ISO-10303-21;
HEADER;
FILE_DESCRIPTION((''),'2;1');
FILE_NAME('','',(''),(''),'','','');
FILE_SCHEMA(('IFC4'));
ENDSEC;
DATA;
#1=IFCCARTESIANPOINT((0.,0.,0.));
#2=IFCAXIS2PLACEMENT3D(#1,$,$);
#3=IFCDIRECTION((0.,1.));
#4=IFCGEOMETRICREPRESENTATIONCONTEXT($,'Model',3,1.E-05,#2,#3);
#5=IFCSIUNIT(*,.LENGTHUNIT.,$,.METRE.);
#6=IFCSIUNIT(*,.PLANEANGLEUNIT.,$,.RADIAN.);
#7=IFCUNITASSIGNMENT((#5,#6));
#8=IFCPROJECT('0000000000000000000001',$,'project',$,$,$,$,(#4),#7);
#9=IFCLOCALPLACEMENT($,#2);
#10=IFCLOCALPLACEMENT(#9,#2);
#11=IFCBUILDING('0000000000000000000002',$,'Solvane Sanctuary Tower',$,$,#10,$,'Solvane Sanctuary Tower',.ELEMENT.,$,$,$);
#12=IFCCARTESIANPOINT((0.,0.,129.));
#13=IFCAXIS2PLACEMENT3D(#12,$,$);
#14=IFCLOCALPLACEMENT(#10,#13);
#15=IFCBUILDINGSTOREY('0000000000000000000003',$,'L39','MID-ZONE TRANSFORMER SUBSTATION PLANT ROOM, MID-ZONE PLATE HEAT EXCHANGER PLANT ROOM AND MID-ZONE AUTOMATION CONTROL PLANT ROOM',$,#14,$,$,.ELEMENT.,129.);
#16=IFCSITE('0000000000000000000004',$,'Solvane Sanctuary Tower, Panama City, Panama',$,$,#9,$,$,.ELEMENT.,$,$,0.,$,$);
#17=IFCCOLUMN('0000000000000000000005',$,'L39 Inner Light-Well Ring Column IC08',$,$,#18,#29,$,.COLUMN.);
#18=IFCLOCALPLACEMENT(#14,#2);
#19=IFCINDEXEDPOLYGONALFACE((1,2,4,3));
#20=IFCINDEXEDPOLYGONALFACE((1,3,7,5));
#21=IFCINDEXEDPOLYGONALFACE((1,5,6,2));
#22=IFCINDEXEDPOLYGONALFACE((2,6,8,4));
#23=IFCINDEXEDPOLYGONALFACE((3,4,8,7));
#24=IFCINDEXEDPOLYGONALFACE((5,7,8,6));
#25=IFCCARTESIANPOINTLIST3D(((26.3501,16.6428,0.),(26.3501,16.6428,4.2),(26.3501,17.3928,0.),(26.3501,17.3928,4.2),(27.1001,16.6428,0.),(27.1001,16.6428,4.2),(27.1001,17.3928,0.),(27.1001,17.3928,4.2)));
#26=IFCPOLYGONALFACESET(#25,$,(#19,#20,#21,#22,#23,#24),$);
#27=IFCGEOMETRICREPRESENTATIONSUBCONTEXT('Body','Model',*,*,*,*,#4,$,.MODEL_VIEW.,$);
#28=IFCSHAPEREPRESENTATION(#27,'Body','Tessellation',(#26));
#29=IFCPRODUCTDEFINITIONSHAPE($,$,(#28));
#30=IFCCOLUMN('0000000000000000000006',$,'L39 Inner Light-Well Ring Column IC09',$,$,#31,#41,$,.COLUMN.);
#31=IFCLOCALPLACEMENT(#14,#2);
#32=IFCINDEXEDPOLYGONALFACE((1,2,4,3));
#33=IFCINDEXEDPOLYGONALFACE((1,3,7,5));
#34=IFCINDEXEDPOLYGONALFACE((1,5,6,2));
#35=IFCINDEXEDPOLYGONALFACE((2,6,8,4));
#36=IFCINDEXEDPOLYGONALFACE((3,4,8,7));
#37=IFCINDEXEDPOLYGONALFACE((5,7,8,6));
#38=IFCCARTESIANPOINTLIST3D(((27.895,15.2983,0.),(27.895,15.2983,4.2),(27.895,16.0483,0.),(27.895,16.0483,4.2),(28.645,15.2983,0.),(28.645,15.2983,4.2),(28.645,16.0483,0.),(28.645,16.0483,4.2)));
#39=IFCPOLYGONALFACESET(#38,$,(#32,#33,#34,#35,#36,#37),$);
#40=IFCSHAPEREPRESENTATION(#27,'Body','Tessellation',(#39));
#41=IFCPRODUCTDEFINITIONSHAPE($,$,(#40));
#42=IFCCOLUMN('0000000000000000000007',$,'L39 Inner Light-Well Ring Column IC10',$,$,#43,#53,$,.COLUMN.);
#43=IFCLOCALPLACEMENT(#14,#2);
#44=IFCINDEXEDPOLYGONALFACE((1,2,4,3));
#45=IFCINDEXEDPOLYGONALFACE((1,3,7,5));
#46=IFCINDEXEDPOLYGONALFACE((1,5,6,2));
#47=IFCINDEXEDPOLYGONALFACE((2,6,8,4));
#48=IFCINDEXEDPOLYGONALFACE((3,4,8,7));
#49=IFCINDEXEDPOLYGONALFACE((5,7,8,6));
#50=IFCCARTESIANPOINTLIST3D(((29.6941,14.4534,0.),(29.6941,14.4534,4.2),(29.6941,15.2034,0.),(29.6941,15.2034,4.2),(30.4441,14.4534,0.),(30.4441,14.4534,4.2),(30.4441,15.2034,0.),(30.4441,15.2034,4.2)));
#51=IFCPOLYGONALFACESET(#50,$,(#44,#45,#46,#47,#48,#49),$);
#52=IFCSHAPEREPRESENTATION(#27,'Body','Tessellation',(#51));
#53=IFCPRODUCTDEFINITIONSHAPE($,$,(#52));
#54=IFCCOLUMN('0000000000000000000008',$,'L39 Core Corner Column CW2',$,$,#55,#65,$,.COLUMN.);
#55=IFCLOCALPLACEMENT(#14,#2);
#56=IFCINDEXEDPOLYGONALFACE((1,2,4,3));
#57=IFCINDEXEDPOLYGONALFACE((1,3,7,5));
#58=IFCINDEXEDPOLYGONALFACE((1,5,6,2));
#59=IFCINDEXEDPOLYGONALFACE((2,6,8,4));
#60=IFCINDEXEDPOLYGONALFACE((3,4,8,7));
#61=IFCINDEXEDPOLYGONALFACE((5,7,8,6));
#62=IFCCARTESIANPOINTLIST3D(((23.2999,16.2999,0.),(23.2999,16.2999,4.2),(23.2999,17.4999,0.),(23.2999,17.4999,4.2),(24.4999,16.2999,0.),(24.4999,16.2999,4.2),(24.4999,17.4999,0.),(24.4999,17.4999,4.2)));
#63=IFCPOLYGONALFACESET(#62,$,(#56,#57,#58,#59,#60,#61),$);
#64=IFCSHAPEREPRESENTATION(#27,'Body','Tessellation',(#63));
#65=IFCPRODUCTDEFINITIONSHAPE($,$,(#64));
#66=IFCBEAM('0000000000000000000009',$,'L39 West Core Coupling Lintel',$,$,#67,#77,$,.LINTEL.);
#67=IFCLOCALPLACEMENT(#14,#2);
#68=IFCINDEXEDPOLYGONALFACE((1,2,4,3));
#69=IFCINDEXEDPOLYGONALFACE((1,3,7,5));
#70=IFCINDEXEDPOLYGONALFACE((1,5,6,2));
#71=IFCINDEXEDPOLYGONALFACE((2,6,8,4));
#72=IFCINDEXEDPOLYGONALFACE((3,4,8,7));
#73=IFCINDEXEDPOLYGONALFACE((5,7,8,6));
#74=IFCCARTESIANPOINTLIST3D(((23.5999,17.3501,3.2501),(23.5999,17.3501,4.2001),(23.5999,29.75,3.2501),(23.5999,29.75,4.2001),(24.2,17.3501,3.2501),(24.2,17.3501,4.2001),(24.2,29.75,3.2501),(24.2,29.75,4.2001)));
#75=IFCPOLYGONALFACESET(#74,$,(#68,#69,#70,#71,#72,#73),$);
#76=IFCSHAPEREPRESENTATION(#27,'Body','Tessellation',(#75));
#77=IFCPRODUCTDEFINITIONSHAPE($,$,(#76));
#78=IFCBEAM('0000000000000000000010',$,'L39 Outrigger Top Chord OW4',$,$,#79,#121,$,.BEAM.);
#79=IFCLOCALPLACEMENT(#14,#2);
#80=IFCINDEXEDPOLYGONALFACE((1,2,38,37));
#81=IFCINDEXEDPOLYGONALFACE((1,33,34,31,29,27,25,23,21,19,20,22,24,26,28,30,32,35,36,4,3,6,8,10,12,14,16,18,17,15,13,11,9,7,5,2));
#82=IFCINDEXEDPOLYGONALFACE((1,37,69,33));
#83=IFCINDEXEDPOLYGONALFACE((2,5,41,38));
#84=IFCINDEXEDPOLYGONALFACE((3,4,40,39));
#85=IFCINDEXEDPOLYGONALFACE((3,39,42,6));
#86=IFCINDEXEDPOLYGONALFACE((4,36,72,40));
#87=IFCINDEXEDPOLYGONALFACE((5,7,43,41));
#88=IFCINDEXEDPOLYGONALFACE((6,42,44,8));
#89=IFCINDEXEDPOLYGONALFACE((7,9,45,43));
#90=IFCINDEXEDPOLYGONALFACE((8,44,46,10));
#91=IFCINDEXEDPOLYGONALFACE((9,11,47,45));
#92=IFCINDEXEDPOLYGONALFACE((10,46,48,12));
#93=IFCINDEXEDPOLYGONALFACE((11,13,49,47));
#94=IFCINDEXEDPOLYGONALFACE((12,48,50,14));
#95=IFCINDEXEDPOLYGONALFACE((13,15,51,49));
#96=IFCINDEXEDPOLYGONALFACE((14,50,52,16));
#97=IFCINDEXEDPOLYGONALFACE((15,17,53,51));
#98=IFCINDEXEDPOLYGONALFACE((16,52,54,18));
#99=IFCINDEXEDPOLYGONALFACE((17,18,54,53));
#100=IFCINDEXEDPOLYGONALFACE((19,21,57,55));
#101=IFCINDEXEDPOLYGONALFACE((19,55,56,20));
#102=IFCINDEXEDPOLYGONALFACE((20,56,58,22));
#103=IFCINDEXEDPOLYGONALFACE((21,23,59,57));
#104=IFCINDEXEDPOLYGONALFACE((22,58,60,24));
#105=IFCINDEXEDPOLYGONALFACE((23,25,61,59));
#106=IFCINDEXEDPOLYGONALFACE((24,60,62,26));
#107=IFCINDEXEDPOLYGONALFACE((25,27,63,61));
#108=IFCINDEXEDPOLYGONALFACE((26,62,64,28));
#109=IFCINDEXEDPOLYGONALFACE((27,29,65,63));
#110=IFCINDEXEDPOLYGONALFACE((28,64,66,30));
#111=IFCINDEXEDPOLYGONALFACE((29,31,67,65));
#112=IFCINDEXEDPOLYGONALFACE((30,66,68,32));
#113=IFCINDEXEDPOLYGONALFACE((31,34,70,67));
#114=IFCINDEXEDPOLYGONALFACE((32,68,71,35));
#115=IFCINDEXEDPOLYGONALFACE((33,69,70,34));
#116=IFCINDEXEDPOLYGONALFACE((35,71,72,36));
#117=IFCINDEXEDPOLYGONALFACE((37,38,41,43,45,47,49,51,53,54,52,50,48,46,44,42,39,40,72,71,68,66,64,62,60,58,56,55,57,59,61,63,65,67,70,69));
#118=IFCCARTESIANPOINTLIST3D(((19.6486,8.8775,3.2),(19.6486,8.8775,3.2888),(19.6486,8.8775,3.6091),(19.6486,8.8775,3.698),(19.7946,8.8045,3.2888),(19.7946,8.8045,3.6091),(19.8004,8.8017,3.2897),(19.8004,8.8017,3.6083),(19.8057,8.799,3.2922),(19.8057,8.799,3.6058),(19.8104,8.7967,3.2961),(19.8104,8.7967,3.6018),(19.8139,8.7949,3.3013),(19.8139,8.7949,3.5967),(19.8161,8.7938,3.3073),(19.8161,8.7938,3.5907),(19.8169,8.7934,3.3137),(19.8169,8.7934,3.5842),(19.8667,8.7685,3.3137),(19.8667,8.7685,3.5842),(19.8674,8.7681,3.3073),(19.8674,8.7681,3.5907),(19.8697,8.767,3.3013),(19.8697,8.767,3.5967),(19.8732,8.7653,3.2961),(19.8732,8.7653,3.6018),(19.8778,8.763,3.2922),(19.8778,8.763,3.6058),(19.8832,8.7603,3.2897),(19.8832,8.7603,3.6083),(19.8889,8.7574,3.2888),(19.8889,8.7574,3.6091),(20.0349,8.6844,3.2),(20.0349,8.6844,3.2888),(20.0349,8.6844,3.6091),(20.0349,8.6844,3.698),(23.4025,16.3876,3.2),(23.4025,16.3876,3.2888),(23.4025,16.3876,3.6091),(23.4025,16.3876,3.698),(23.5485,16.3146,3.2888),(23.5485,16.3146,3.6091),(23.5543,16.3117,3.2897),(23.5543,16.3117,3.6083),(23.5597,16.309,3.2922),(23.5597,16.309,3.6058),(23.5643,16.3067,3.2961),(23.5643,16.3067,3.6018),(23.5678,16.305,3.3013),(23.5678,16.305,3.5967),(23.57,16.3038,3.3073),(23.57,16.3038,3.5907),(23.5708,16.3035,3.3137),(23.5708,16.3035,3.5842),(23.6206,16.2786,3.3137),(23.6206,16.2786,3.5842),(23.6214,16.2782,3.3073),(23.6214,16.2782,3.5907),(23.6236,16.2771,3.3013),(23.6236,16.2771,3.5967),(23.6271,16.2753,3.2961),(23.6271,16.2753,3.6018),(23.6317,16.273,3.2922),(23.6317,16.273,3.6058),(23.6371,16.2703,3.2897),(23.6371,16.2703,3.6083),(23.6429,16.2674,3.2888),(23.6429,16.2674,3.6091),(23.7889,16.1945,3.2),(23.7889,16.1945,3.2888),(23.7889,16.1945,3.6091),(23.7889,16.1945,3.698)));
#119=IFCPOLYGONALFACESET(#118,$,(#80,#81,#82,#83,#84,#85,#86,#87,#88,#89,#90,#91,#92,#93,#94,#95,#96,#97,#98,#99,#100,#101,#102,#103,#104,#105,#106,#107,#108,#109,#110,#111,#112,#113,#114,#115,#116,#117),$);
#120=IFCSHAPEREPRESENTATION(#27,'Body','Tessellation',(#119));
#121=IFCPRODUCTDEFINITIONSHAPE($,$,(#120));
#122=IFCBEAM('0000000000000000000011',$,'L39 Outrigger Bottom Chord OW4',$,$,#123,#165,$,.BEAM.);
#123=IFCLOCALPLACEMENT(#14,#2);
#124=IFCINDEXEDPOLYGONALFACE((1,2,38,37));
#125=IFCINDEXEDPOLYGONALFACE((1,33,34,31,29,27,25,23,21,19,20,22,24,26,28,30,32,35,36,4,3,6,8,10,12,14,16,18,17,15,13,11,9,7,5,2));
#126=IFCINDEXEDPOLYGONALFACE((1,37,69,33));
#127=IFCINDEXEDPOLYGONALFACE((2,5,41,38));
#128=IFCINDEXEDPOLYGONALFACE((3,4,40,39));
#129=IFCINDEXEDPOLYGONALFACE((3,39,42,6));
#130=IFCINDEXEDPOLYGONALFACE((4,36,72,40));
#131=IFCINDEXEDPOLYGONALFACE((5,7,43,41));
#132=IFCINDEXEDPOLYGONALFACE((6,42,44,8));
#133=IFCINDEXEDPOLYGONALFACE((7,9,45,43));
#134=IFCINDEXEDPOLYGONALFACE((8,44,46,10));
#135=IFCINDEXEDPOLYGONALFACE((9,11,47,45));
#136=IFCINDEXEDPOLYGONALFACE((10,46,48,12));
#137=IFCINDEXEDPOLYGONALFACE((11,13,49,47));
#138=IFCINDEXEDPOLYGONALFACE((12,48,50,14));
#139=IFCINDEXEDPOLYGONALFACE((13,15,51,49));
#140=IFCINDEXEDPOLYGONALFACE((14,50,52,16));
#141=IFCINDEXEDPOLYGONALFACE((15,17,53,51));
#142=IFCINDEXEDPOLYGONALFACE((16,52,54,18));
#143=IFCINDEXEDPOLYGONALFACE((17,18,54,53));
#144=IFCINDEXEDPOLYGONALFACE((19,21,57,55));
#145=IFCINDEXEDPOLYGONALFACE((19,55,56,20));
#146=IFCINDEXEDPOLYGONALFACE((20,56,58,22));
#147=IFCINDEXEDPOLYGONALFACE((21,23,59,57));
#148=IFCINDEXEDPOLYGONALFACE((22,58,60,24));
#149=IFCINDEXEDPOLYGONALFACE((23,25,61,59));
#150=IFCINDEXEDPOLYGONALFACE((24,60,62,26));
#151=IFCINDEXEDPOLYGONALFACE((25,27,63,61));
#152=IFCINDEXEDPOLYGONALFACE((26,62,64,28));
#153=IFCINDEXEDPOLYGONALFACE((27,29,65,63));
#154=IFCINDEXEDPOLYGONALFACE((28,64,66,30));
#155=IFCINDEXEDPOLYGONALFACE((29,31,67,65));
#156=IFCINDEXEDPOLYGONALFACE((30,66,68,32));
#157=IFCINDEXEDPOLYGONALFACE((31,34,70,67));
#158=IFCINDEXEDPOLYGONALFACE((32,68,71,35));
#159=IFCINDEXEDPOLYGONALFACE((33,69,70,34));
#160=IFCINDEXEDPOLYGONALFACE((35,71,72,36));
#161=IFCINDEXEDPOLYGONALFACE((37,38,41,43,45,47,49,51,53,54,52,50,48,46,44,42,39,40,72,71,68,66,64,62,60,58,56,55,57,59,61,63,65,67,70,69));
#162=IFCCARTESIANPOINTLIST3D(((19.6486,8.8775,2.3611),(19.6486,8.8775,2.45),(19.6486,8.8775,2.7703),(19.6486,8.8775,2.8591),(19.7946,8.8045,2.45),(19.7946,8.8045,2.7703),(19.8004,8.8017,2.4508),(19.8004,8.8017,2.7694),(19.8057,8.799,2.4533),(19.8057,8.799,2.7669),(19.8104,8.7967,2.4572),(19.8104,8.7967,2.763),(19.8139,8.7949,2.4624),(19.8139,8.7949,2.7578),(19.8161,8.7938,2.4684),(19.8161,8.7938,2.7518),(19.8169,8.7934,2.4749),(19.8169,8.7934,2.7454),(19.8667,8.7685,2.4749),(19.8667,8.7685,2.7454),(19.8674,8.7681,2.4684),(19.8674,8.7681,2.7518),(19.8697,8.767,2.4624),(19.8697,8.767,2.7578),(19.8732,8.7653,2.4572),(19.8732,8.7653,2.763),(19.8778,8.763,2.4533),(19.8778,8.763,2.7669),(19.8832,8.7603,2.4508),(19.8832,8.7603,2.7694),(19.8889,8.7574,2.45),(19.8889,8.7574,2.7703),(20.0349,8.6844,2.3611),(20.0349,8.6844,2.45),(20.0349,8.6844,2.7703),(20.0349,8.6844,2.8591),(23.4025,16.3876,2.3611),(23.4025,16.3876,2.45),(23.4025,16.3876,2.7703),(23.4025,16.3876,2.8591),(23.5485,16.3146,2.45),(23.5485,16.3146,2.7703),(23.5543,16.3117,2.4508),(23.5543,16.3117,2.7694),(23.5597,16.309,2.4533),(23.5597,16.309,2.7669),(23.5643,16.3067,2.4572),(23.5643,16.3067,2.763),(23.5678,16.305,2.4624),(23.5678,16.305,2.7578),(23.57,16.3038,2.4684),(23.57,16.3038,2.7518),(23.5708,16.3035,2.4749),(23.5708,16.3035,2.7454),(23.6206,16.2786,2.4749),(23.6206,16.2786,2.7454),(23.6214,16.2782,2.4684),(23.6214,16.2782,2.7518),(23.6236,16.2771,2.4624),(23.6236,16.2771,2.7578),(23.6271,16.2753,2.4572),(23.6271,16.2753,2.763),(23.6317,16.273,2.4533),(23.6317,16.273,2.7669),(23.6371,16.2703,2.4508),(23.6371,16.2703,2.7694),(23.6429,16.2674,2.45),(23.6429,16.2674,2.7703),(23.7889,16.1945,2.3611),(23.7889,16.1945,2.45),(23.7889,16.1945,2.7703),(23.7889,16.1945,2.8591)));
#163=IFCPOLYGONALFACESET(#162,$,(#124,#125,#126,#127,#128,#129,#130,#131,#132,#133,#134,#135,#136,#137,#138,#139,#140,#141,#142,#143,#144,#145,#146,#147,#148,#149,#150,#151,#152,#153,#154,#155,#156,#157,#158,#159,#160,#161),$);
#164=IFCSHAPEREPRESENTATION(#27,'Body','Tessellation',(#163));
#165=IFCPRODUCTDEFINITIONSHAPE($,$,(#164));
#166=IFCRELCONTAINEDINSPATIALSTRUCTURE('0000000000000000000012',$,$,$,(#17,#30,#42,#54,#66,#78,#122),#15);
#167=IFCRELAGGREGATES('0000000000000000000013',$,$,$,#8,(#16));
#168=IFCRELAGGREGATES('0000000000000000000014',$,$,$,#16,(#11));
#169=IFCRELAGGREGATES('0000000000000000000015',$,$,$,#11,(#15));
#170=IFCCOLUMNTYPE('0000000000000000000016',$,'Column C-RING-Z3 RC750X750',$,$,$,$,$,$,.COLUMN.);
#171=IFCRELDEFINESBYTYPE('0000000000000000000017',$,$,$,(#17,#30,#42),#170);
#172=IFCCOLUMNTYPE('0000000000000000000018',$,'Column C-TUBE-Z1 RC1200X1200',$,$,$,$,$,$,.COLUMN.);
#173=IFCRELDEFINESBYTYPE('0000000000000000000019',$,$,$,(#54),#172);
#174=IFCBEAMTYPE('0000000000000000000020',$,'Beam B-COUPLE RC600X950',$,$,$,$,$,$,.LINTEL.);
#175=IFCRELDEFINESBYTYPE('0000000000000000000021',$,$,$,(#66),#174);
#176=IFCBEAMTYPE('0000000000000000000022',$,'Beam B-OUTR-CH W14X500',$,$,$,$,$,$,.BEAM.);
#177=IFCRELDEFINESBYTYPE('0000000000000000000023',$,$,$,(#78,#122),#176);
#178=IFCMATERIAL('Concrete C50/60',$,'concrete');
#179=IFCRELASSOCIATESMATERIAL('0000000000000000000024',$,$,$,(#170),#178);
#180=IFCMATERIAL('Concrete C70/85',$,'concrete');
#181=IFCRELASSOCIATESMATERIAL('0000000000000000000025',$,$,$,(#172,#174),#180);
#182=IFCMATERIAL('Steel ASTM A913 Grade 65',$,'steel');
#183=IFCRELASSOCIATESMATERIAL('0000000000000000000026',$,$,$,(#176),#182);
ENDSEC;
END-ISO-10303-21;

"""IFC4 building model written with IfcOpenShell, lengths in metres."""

from ifc_helpers import new_model, si_unit, direction, frame, origin, origin_2d, place, context, subcontext, project, spatial, rectangle, i_section, extrude, material, material_profile, profile_set, type_object, element, save


model = new_model("IFC4")

# Units and contexts
model_context = context("Model", 3, precision=1e-05, world=origin(), true_north=direction((0.0, 1.0)))
body_context = subcontext(model_context, "Body", "Model", "MODEL_VIEW")
ifc_project = project(units=[si_unit("LENGTHUNIT", "METRE"), si_unit("PLANEANGLEUNIT", "RADIAN")], contexts=[model_context])

# Site, building, storey
site_placement = place(None, origin())
site = spatial("IfcSite", under=ifc_project, at=site_placement, Name="Solvane Sanctuary Tower, Panama City, Panama", CompositionType="ELEMENT", RefElevation=0.0)
building_placement = place(site_placement, origin())
building = spatial("IfcBuilding", under=site, at=building_placement, Name="Solvane Sanctuary Tower", LongName="Solvane Sanctuary Tower", CompositionType="ELEMENT")
storey_placement = place(building_placement, frame((0.0, 0.0, 129.0)))
storey = spatial("IfcBuildingStorey", under=building, at=storey_placement, Name="L39", Description="MID-ZONE TRANSFORMER SUBSTATION PLANT ROOM, MID-ZONE PLATE HEAT EXCHANGER PLANT ROOM AND MID-ZONE AUTOMATION CONTROL PLANT ROOM", CompositionType="ELEMENT", Elevation=129.0)

# Columns
ifc_material_1 = material(Name="Concrete C50/60", Category="concrete")
ifc_material_profile_1 = material_profile(ifc_material_1, rectangle(XDim=0.75, YDim=0.75, at=origin_2d()), Name="RC750X750")
ifc_profile_set_1 = profile_set([ifc_material_profile_1], Name="Concrete C50/60")
column_type_1 = type_object("IfcColumnType", Name="Column C-RING-Z3 RC750X750", PredefinedType="COLUMN", material=ifc_profile_set_1)
for number, where, z_axis, x_axis, name in (
    (1, (26.7251, 17.0178, 0.0), (0.0, 0.0, 1.0), (1.0, 0.0, 0.0), "L39 Inner Light-Well Ring Column IC08"),
    (2, (28.27, 15.6733, 0.0), (0.0, 0.0, 1.0), (1.0, 0.0, 0.0), "L39 Inner Light-Well Ring Column IC09"),
    (3, (30.0691, 14.8284, 0.0), (0.0, 0.0, 1.0), (1.0, 0.0, 0.0), "L39 Inner Light-Well Ring Column IC10"),
):
    element("IfcColumn", number, at=place(storey_placement, frame(where, z_axis=z_axis, x_axis=x_axis)), inside=storey, type_object=column_type_1, Name=name, PredefinedType="COLUMN", context=body_context, shape_type="SweptSolid", body=[
        extrude(rectangle(XDim=0.75, YDim=0.75, at=origin_2d()), origin(), (0.0, 0.0, 1.0), 4.2),
    ])
ifc_material_2 = material(Name="Concrete C70/85", Category="concrete")
ifc_material_profile_2 = material_profile(ifc_material_2, rectangle(XDim=1.2, YDim=1.2, at=origin_2d()), Name="RC1200X1200")
ifc_profile_set_2 = profile_set([ifc_material_profile_2], Name="Concrete C70/85")
column_type_2 = type_object("IfcColumnType", Name="Column C-TUBE-Z1 RC1200X1200", PredefinedType="COLUMN", material=ifc_profile_set_2)
column_placement = place(storey_placement, frame((23.8999, 16.8999, 0.0), z_axis=(0.0, 0.0, 1.0), x_axis=(1.0, 0.0, 0.0)))
element("IfcColumn", 4, at=column_placement, inside=storey, type_object=column_type_2, Name="L39 Core Corner Column CW2", PredefinedType="COLUMN", context=body_context, shape_type="SweptSolid", body=[
    extrude(rectangle(XDim=1.2, YDim=1.2, at=origin_2d()), origin(), (0.0, 0.0, 1.0), 4.2),
])

# Beams
ifc_material_profile_3 = material_profile(ifc_material_2, rectangle(XDim=0.6001, YDim=0.95, at=origin_2d()), Name="RC600X950")
ifc_profile_set_3 = profile_set([ifc_material_profile_3], Name="Concrete C70/85")
beam_type_1 = type_object("IfcBeamType", Name="Beam B-COUPLE RC600X950", PredefinedType="LINTEL", material=ifc_profile_set_3)
beam_1_placement = place(storey_placement, frame((23.8999, 17.3501, 3.7251), z_axis=(0.0, 1.0, 0.0), x_axis=(-1.0, 0.0, 0.0)))
element("IfcBeam", 5, at=beam_1_placement, inside=storey, type_object=beam_type_1, Name="L39 West Core Coupling Lintel", PredefinedType="LINTEL", context=body_context, shape_type="SweptSolid", body=[
    extrude(rectangle(XDim=0.6001, YDim=0.95, at=origin_2d()), origin(), (0.0, 0.0, 1.0), 12.3999),
])
ifc_material_3 = material(Name="Steel ASTM A913 Grade 65", Category="steel")
ifc_material_profile_4 = material_profile(ifc_material_3, i_section(OverallWidth=0.4319, OverallDepth=0.498, WebThickness=0.0557, FlangeThickness=0.0889, FilletRadius=0.0249, at=origin_2d()), Name="W14X500")
ifc_profile_set_4 = profile_set([ifc_material_profile_4], Name="Steel ASTM A913 Grade 65")
beam_type_2 = type_object("IfcBeamType", Name="Beam B-OUTR-CH W14X500", PredefinedType="BEAM", material=ifc_profile_set_4)
for number, where, z_axis, x_axis, name in (
    (6, (23.5957, 16.291, 3.449), (-0.447109, -0.89448, 0.0), (0.89448, -0.447109, 0.0), "L39 Outrigger Top Chord OW4"),
    (7, (23.5957, 16.291, 2.6101), (-0.447109, -0.89448, 0.0), (0.89448, -0.447109, 0.0), "L39 Outrigger Bottom Chord OW4"),
):
    element("IfcBeam", number, at=place(storey_placement, frame(where, z_axis=z_axis, x_axis=x_axis)), inside=storey, type_object=beam_type_2, Name=name, PredefinedType="BEAM", context=body_context, shape_type="SweptSolid", body=[
        extrude(i_section(OverallWidth=0.4319, OverallDepth=0.498, WebThickness=0.0557, FlangeThickness=0.0889, FilletRadius=0.0249, at=origin_2d()), origin(), (0.0, 0.0, 1.0), 8.396),
    ])

save(model, "model.ifc")
